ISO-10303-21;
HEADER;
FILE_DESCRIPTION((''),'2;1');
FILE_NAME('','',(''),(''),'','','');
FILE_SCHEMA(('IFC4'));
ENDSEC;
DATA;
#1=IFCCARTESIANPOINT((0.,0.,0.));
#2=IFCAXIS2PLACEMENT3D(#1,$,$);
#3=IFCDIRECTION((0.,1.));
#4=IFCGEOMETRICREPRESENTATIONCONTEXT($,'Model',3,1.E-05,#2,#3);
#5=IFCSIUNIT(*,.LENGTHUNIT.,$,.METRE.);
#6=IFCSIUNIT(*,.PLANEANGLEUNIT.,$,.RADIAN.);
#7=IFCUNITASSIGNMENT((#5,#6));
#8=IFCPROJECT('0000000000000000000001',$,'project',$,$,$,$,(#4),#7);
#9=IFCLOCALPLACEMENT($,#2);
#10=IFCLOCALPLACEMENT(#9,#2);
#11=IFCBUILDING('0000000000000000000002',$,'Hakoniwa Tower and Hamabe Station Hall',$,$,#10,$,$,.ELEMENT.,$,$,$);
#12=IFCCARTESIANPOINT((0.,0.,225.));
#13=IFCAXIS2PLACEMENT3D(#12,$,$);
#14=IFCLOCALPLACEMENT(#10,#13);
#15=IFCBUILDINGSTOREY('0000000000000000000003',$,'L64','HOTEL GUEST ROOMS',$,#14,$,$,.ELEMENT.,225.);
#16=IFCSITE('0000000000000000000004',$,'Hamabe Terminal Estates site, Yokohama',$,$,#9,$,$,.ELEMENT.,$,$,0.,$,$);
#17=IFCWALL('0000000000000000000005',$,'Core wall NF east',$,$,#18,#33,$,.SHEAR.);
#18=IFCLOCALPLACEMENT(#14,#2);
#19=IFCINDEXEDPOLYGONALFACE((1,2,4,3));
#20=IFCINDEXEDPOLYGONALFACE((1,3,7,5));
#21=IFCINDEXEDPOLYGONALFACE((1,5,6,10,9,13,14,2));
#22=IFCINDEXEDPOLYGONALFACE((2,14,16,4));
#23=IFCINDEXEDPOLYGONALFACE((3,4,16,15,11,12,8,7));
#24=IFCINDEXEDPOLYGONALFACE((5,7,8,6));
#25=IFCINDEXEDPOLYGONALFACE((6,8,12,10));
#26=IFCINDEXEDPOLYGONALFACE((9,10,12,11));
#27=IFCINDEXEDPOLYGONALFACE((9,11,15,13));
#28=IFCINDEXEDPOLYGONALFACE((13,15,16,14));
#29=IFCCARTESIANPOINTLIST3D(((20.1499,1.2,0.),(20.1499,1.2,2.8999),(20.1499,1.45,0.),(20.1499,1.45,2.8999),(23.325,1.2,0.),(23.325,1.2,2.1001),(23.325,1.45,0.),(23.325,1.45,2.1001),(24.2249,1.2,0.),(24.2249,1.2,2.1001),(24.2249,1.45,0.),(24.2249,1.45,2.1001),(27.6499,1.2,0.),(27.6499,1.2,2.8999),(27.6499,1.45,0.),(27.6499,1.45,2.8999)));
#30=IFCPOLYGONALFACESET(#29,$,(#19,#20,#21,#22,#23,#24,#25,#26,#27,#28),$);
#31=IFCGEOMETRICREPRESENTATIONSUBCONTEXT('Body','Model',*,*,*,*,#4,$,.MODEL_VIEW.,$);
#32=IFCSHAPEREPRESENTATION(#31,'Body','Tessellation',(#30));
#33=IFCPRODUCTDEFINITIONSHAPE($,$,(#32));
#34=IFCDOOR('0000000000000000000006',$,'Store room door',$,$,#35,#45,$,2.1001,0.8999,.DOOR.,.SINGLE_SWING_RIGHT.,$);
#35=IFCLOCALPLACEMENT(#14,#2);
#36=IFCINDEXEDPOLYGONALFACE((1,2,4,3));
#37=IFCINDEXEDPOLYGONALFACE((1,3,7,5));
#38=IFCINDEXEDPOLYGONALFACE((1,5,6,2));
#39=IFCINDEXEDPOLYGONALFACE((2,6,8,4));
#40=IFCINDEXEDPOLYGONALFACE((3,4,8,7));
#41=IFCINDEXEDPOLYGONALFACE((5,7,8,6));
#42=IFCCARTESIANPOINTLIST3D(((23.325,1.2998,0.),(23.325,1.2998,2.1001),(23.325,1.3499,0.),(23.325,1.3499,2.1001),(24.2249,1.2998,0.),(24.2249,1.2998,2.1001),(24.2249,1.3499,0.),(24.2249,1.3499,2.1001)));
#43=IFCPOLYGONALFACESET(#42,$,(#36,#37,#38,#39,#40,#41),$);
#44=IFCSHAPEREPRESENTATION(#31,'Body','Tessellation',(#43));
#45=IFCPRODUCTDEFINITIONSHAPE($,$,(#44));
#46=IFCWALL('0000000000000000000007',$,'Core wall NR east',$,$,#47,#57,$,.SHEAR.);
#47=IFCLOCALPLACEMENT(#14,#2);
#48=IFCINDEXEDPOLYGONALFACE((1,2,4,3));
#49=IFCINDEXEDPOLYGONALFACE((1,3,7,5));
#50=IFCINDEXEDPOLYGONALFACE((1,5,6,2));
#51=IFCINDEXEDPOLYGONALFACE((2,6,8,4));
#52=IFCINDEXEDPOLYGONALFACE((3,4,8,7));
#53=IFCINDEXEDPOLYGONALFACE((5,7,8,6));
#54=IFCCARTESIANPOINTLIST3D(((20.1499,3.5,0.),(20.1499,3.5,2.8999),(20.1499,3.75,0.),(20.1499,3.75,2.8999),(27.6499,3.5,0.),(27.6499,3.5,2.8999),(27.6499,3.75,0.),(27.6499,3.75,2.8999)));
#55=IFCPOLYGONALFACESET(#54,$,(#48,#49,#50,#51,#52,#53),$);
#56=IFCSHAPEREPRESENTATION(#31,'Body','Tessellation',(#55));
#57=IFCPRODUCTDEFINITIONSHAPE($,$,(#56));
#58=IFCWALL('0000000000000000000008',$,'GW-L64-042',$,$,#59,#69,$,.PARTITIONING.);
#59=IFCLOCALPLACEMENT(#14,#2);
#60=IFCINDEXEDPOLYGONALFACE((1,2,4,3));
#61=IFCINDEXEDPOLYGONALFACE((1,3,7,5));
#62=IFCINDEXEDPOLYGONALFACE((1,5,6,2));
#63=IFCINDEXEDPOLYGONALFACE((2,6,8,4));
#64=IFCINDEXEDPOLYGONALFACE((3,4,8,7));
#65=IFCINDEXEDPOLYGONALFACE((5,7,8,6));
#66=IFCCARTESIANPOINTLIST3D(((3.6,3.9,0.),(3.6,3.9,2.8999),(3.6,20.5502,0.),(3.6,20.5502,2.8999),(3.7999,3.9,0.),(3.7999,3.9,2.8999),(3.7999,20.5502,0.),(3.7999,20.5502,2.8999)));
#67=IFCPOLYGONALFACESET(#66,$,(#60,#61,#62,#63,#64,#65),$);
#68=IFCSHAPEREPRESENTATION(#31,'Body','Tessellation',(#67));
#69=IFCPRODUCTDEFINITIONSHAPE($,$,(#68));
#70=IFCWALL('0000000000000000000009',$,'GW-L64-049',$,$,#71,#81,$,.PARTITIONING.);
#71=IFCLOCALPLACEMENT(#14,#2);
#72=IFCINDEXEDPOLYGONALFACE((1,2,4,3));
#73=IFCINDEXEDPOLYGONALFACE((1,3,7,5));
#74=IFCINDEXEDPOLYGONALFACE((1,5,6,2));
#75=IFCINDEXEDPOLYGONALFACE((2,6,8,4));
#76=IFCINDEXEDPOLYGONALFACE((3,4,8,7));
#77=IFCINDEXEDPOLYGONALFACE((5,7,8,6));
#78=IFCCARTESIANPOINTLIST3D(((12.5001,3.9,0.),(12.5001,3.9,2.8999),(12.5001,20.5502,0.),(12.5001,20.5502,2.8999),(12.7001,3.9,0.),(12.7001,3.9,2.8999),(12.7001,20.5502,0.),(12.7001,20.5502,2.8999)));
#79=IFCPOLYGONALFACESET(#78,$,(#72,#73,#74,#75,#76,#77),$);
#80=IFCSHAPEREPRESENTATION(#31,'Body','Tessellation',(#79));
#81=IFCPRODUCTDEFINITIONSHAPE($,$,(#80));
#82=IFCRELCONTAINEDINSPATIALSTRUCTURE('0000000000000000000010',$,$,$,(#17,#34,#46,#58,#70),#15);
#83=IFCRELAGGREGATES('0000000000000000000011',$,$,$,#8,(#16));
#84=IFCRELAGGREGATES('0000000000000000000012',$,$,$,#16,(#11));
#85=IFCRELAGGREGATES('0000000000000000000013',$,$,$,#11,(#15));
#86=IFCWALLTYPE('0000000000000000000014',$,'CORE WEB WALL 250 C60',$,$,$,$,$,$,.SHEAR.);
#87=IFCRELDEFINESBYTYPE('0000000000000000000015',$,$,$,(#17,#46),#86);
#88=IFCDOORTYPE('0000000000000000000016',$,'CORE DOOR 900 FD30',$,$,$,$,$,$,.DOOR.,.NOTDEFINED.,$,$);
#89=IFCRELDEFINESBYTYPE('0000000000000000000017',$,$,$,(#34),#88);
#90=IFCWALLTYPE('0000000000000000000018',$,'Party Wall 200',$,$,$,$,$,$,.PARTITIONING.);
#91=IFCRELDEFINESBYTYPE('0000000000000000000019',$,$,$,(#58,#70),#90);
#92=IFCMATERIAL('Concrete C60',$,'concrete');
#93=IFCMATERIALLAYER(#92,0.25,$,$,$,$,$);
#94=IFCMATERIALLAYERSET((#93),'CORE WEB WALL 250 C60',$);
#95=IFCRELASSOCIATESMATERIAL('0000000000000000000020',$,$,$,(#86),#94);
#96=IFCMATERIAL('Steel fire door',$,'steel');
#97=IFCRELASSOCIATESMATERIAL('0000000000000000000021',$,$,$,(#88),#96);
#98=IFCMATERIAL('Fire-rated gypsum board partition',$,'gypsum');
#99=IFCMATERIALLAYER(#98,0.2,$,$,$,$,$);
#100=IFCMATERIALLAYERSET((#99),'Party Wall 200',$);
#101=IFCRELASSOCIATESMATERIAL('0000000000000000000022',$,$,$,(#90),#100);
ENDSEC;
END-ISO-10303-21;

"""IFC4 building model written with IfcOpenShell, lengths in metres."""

from ifc_helpers import new_model, si_unit, direction, frame, frame_2d, origin, place, context, subcontext, project, spatial, rectangle, extrude, material, layer, layer_set, type_object, element, fill, save


model = new_model("IFC4")

# Units and contexts
model_context = context("Model", 3, precision=1e-05, world=origin(), true_north=direction((0.0, 1.0)))
body_context = subcontext(model_context, "Body", "Model", "MODEL_VIEW")
ifc_project = project(units=[si_unit("LENGTHUNIT", "METRE"), si_unit("PLANEANGLEUNIT", "RADIAN")], contexts=[model_context])

# Site, building, storey
site_placement = place(None, origin())
site = spatial("IfcSite", under=ifc_project, at=site_placement, Name="Hamabe Terminal Estates site, Yokohama", CompositionType="ELEMENT", RefElevation=0.0)
building_placement = place(site_placement, origin())
building = spatial("IfcBuilding", under=site, at=building_placement, Name="Hakoniwa Tower and Hamabe Station Hall", CompositionType="ELEMENT")
storey_placement = place(building_placement, frame((0.0, 0.0, 225.0)))
storey = spatial("IfcBuildingStorey", under=building, at=storey_placement, Name="L64", Description="HOTEL GUEST ROOMS", CompositionType="ELEMENT", Elevation=225.0)

# Shared definitions
ifc_material_1 = material(Name="Concrete C60", Category="concrete")
ifc_layer_1 = layer(ifc_material_1, 0.25)
ifc_layer_set_1 = layer_set([ifc_layer_1], Name="CORE WEB WALL 250 C60")
wall_type_1 = type_object("IfcWallType", Name="CORE WEB WALL 250 C60", PredefinedType="SHEAR", material=ifc_layer_set_1)

# Wall, opening, door
wall_1_placement = place(storey_placement, frame((20.1499, 1.325, 0.0), z_axis=(0.0, 0.0, 1.0), x_axis=(1.0, 0.0, 0.0)))
wall_1 = element("IfcWall", 1, at=wall_1_placement, inside=storey, type_object=wall_type_1, Name="Core wall NF east", PredefinedType="SHEAR", context=body_context, shape_type="SweptSolid", body=[
    extrude(rectangle(XDim=7.5, YDim=0.25, at=frame_2d((3.75, 0.0))), origin(), (0.0, 0.0, 1.0), 2.8999),
])
opening_1_placement = place(wall_1_placement, frame((3.175, 0.0, 0.0)))
opening_1 = element("IfcOpeningElement", 2, at=opening_1_placement, cuts=wall_1, PredefinedType="OPENING", context=body_context, shape_type="SweptSolid", body=[
    extrude(rectangle(XDim=0.8999, YDim=2.1001, at=frame_2d((0.45, 1.05))), frame((0.0, 0.135, 0.0), z_axis=(0.0, -1.0, 0.0), x_axis=(1.0, 0.0, 0.0)), (0.0, 0.0, 1.0), 0.27),
])
ifc_material_2 = material(Name="Steel fire door", Category="steel")
door_type_1 = type_object("IfcDoorType", Name="CORE DOOR 900 FD30", OperationType="NOTDEFINED", PredefinedType="DOOR", material=ifc_material_2)
door_1_placement = place(opening_1_placement, origin())
door_1 = element("IfcDoor", 3, at=door_1_placement, inside=storey, type_object=door_type_1, Name="Store room door", OperationType="SINGLE_SWING_RIGHT", OverallHeight=2.1001, OverallWidth=0.8999, PredefinedType="DOOR", context=body_context, shape_type="SweptSolid", body=[
    extrude(rectangle(XDim=0.8999, YDim=2.1001, at=frame_2d((0.45, 1.05))), frame((0.0, 0.0249, 0.0), z_axis=(0.0, -1.0, 0.0), x_axis=(1.0, 0.0, 0.0)), (0.0, 0.0, 1.0), 0.05),
])
fill(opening_1, door_1)

# Walls
wall_2_placement = place(storey_placement, frame((20.1499, 3.625, 0.0), z_axis=(0.0, 0.0, 1.0), x_axis=(1.0, 0.0, 0.0)))
element("IfcWall", 4, at=wall_2_placement, inside=storey, type_object=wall_type_1, Name="Core wall NR east", PredefinedType="SHEAR", context=body_context, shape_type="SweptSolid", body=[
    extrude(rectangle(XDim=7.5, YDim=0.25, at=frame_2d((3.75, 0.0))), origin(), (0.0, 0.0, 1.0), 2.8999),
])
ifc_material_3 = material(Name="Fire-rated gypsum board partition", Category="gypsum")
ifc_layer_2 = layer(ifc_material_3, 0.2)
ifc_layer_set_2 = layer_set([ifc_layer_2], Name="Party Wall 200")
wall_type_2 = type_object("IfcWallType", Name="Party Wall 200", PredefinedType="PARTITIONING", material=ifc_layer_set_2)
for number, where, z_axis, x_axis, name in (
    (5, (3.7, 3.8999, 0.0), (0.0, 0.0, 1.0), (0.0, 1.0, 0.0), "GW-L64-042"),
    (6, (12.6001, 3.8999, 0.0), (0.0, 0.0, 1.0), (0.0, 1.0, 0.0), "GW-L64-049"),
):
    element("IfcWall", number, at=place(storey_placement, frame(where, z_axis=z_axis, x_axis=x_axis)), inside=storey, type_object=wall_type_2, Name=name, PredefinedType="PARTITIONING", context=body_context, shape_type="SweptSolid", body=[
        extrude(rectangle(XDim=16.6501, YDim=0.2, at=frame_2d((8.3252, 0.0))), origin(), (0.0, 0.0, 1.0), 2.8999),
    ])

save(model, "model.ifc")
